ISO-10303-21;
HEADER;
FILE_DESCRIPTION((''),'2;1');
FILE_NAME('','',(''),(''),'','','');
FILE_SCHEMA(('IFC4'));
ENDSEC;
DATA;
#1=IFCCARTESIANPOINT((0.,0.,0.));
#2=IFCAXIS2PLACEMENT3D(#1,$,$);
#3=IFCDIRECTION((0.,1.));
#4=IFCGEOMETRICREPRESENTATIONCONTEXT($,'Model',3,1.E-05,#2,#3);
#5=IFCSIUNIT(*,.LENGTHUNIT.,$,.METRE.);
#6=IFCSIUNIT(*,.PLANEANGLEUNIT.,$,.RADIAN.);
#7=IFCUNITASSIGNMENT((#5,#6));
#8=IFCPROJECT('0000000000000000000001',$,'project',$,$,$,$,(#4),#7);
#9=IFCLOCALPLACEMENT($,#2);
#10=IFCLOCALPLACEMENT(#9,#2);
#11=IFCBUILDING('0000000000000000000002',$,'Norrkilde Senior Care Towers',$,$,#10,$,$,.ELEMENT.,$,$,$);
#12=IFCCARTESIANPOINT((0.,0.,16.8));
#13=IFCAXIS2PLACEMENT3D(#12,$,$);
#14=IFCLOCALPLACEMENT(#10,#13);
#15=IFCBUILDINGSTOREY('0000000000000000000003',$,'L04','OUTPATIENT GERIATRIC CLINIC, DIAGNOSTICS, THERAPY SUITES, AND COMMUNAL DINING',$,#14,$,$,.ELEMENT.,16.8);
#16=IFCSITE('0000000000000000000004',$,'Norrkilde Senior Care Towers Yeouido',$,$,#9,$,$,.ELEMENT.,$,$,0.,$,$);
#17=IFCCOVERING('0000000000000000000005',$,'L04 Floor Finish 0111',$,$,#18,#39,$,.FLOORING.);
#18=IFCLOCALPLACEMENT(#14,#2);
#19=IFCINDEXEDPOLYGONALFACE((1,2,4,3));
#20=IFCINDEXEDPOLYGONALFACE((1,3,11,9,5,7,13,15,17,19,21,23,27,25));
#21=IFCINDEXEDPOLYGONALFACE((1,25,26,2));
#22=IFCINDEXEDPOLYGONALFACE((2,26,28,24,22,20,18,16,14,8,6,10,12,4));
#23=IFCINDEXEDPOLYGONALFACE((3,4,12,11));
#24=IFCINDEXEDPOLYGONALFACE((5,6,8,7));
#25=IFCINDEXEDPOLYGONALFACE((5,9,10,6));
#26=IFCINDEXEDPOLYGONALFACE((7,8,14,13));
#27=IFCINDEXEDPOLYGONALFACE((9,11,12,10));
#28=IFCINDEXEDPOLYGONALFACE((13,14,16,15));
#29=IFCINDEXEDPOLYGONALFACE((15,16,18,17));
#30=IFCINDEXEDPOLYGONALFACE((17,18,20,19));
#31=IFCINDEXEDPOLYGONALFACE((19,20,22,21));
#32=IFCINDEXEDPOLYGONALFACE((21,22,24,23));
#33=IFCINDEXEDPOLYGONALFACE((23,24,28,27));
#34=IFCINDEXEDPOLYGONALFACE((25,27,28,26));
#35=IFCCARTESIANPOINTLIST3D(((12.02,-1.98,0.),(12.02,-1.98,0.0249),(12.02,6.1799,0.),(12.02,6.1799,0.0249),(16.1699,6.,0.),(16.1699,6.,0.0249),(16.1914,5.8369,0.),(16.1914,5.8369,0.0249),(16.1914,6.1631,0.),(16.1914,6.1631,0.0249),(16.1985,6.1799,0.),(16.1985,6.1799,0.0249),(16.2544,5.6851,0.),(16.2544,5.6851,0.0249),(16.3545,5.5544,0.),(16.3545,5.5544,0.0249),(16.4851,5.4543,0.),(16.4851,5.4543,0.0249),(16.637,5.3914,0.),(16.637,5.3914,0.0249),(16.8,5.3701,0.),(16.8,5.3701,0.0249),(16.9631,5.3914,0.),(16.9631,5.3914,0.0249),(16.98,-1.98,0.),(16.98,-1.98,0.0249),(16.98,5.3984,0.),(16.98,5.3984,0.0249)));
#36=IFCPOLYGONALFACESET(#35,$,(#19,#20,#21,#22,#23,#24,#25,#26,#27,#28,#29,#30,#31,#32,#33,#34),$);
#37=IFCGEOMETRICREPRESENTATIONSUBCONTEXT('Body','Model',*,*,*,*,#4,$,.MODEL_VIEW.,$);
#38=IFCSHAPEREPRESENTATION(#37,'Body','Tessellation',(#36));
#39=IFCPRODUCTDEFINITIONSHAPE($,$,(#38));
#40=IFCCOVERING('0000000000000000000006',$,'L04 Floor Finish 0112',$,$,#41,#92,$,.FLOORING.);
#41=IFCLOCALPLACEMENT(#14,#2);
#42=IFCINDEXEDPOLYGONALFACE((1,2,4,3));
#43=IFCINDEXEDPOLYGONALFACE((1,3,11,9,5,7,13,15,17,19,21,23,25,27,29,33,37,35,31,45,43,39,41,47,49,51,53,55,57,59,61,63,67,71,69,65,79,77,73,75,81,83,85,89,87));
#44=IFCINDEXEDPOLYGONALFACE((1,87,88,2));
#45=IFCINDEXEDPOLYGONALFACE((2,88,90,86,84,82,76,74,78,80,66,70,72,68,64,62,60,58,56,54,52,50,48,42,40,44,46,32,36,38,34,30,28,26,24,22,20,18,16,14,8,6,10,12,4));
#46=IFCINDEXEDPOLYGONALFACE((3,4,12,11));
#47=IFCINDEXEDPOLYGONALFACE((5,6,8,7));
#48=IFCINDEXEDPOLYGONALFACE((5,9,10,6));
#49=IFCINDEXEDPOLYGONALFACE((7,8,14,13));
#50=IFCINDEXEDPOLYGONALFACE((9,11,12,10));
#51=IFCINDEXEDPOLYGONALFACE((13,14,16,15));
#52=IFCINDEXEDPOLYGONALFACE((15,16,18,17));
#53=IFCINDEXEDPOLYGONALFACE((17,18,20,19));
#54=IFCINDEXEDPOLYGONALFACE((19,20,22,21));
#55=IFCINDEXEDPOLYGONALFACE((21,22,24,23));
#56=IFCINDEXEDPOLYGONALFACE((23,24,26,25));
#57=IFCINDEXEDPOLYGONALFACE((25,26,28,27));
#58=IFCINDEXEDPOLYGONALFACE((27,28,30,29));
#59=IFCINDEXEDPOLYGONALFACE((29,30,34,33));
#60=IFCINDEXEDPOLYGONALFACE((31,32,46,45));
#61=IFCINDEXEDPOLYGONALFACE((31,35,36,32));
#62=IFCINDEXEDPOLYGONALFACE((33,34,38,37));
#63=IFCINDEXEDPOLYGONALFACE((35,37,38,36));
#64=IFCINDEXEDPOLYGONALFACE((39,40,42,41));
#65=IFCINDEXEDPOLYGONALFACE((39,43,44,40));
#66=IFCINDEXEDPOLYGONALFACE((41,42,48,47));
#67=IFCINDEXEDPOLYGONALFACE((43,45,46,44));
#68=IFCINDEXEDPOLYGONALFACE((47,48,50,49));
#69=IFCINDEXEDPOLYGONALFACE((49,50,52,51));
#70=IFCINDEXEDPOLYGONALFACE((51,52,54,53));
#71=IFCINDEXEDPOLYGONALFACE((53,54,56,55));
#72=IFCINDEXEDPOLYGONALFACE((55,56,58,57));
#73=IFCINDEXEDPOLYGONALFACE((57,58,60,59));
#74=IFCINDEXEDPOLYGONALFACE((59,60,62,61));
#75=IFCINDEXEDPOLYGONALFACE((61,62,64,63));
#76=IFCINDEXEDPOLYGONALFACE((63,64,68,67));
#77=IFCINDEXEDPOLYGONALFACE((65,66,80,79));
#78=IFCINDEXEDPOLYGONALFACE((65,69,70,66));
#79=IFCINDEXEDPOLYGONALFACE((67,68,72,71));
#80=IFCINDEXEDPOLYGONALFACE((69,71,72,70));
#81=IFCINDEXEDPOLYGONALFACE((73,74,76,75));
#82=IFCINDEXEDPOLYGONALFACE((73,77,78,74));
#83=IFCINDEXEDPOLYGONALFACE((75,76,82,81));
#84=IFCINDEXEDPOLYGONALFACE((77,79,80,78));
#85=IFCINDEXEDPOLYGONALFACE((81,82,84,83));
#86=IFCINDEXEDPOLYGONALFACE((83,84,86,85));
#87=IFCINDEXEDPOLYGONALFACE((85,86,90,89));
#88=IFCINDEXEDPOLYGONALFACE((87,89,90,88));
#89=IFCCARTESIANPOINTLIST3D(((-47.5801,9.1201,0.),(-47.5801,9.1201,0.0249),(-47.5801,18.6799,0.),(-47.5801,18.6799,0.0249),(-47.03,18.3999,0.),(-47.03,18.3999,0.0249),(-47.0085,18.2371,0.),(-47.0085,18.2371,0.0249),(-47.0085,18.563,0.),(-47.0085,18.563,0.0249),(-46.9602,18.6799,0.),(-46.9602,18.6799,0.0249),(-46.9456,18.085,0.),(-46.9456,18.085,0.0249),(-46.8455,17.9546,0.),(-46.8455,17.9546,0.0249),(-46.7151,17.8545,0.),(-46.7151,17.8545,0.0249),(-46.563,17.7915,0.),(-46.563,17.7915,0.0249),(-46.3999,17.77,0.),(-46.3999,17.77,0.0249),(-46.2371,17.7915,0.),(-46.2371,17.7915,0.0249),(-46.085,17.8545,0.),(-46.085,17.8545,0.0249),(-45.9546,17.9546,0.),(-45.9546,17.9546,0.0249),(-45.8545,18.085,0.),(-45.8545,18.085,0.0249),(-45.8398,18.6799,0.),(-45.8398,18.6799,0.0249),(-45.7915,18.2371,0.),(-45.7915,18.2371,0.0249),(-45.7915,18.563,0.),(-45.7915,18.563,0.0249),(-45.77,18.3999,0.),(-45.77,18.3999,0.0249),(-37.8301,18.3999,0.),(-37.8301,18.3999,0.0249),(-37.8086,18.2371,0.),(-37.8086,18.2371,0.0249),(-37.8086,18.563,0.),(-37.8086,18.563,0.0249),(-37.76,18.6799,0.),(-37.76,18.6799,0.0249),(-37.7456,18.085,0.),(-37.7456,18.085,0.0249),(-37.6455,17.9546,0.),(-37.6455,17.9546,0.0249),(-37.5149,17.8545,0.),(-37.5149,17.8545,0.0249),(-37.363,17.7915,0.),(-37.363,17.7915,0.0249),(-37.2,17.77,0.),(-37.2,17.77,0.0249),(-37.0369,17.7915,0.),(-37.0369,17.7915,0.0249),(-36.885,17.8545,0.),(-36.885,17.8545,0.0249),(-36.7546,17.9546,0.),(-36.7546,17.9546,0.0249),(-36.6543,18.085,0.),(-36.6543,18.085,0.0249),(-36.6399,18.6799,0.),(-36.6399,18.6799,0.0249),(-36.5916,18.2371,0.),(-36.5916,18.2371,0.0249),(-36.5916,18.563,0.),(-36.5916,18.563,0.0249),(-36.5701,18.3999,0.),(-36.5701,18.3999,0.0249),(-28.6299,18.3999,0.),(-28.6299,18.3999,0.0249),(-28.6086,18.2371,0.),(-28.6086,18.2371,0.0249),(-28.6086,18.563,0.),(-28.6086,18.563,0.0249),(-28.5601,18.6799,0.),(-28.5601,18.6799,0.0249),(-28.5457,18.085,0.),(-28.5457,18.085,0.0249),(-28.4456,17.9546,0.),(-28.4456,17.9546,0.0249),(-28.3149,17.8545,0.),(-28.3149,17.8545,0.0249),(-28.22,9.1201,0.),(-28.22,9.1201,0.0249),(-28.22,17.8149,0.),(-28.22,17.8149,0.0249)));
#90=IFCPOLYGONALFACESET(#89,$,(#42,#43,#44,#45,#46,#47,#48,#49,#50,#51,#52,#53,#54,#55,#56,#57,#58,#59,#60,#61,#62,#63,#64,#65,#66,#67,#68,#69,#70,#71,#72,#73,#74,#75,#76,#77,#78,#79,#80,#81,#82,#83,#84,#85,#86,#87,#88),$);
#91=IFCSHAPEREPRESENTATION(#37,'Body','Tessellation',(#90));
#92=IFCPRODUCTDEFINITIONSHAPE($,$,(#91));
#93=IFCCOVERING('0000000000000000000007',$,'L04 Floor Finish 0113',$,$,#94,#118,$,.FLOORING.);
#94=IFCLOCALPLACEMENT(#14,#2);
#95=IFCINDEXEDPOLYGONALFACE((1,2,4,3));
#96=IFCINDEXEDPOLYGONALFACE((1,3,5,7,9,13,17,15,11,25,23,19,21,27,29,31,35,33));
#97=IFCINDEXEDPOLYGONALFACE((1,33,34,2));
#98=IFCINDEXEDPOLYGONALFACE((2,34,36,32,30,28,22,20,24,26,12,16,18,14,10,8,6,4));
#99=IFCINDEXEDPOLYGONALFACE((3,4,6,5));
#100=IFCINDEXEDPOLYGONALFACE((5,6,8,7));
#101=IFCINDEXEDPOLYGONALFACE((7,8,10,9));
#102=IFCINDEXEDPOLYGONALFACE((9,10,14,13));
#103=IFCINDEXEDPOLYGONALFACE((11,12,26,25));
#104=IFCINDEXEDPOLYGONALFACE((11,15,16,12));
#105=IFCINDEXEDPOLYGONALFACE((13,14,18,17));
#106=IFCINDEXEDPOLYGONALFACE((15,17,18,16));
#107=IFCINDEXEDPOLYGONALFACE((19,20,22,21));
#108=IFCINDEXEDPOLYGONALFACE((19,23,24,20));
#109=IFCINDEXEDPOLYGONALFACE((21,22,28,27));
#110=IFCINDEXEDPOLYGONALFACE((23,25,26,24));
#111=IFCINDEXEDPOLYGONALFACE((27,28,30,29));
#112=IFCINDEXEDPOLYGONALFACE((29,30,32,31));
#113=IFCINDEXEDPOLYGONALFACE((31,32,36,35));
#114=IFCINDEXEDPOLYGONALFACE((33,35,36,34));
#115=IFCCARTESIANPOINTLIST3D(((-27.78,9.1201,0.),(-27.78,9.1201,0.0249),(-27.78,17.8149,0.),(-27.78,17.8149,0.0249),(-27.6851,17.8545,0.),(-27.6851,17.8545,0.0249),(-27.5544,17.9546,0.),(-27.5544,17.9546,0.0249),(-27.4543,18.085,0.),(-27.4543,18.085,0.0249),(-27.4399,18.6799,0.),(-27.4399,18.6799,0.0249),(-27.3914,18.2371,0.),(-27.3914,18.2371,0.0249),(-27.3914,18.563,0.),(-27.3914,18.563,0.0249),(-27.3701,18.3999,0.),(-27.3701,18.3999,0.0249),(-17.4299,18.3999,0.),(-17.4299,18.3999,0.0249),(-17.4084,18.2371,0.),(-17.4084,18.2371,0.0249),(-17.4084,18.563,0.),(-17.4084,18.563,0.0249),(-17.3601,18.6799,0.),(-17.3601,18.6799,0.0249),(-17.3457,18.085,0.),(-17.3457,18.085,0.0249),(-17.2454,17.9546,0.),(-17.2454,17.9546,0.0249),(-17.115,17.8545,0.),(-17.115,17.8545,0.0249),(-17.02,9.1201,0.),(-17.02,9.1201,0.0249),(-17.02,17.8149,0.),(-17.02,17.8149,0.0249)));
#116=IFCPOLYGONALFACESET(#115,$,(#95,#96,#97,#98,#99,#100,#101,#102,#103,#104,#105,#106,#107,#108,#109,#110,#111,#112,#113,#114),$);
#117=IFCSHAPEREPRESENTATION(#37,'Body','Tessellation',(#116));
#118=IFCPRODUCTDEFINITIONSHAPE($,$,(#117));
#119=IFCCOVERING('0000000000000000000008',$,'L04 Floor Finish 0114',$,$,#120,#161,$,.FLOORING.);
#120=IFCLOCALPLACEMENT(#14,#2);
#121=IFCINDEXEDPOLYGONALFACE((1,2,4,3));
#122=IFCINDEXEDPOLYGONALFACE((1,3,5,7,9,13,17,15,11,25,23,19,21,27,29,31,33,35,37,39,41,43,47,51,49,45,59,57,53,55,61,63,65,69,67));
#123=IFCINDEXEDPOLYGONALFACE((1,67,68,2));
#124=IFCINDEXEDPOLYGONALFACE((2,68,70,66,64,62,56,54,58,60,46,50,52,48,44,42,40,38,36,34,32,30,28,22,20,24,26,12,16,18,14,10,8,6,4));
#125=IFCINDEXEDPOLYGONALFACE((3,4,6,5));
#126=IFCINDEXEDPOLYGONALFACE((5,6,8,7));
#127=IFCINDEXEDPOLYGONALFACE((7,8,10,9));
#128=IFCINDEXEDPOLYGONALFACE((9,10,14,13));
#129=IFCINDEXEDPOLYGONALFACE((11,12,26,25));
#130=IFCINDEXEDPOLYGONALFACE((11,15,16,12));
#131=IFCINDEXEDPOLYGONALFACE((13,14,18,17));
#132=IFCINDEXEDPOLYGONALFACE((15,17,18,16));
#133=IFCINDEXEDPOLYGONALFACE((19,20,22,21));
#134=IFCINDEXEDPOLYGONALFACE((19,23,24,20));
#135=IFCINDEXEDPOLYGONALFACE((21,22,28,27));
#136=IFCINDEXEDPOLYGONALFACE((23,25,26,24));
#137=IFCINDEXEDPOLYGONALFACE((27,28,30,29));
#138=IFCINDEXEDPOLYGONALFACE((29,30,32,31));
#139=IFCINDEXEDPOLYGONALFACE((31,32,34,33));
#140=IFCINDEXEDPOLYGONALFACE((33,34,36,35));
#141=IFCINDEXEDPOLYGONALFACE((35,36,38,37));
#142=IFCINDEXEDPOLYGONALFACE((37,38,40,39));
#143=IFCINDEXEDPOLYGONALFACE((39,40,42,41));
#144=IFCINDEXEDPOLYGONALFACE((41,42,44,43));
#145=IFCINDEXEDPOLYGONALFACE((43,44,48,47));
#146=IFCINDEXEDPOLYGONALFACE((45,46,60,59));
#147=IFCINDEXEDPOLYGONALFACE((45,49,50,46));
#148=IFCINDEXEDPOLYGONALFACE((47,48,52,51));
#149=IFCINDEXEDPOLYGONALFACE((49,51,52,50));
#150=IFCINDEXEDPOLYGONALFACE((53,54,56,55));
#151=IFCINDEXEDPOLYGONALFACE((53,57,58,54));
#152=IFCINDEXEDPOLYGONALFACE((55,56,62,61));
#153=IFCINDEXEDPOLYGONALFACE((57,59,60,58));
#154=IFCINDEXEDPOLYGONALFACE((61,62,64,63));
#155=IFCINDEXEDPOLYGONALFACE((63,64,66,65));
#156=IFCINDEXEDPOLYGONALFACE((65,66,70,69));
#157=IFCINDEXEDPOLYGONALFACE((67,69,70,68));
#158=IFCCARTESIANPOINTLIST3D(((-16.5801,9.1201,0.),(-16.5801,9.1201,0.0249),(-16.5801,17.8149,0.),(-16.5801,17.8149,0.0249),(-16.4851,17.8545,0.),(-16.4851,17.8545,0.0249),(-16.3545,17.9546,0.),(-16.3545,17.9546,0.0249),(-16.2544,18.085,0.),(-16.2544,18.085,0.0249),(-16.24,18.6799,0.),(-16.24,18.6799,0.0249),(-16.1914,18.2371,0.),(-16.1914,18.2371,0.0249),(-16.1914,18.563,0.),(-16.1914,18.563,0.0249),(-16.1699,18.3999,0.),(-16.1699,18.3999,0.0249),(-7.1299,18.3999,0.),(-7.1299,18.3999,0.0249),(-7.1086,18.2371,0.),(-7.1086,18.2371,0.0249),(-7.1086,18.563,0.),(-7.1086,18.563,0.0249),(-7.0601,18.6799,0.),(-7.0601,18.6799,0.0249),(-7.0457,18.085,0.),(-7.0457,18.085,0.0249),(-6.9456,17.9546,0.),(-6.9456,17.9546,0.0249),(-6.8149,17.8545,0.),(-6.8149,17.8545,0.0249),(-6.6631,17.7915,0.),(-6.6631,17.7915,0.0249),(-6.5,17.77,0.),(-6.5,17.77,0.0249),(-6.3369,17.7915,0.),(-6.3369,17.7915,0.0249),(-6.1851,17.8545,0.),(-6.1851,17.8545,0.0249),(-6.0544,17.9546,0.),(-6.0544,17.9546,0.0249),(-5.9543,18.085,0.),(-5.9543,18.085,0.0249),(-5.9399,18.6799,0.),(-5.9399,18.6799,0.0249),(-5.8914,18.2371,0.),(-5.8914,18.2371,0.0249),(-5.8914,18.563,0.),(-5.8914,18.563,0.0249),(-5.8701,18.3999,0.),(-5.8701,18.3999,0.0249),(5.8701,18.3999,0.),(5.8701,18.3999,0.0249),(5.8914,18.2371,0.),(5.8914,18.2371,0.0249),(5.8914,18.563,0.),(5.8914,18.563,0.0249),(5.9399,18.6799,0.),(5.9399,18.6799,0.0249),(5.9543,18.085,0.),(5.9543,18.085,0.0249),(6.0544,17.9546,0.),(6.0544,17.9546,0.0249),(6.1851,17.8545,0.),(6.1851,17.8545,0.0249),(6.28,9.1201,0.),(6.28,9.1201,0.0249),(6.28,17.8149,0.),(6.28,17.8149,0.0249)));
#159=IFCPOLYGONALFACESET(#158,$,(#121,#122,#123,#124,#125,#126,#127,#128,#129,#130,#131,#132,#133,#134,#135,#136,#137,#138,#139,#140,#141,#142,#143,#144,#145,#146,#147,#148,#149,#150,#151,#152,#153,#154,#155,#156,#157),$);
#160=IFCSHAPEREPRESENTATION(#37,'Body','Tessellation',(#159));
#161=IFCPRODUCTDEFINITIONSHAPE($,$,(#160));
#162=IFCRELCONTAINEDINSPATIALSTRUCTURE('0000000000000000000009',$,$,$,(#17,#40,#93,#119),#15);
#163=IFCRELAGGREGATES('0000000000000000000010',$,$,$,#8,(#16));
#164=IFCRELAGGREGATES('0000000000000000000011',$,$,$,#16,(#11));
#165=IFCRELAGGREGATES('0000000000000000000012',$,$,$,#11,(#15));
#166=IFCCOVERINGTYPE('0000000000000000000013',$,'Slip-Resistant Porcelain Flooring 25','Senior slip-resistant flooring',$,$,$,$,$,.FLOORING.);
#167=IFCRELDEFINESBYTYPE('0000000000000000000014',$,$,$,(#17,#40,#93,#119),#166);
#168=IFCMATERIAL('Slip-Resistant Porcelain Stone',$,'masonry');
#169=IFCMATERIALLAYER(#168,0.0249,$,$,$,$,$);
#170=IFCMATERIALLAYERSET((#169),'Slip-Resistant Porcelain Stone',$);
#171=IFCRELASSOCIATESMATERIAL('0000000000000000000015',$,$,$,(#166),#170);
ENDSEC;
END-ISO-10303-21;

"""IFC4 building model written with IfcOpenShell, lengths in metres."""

from ifc_helpers import new_model, si_unit, direction, frame, origin, place, context, subcontext, project, spatial, polyline, outline, extrude, material, layer, layer_set, type_object, element, save


model = new_model("IFC4")

# Units and contexts
model_context = context("Model", 3, precision=1e-05, world=origin(), true_north=direction((0.0, 1.0)))
body_context = subcontext(model_context, "Body", "Model", "MODEL_VIEW")
ifc_project = project(units=[si_unit("LENGTHUNIT", "METRE"), si_unit("PLANEANGLEUNIT", "RADIAN")], contexts=[model_context])

# Site, building, storey
site_placement = place(None, origin())
site = spatial("IfcSite", under=ifc_project, at=site_placement, Name="Norrkilde Senior Care Towers Yeouido", CompositionType="ELEMENT", RefElevation=0.0)
building_placement = place(site_placement, origin())
building = spatial("IfcBuilding", under=site, at=building_placement, Name="Norrkilde Senior Care Towers", CompositionType="ELEMENT")
storey_placement = place(building_placement, frame((0.0, 0.0, 16.8)))
storey = spatial("IfcBuildingStorey", under=building, at=storey_placement, Name="L04", Description="OUTPATIENT GERIATRIC CLINIC, DIAGNOSTICS, THERAPY SUITES, AND COMMUNAL DINING", CompositionType="ELEMENT", Elevation=16.8)

# Coverings
ifc_material_1 = material(Name="Slip-Resistant Porcelain Stone", Category="masonry")
ifc_layer_1 = layer(ifc_material_1, 0.0249)
ifc_layer_set_1 = layer_set([ifc_layer_1], Name="Slip-Resistant Porcelain Stone")
covering_type_1 = type_object("IfcCoveringType", Name="Slip-Resistant Porcelain Flooring 25", Description="Senior slip-resistant flooring", PredefinedType="FLOORING", material=ifc_layer_set_1)
covering_1_placement = place(storey_placement, origin())
element("IfcCovering", 1, at=covering_1_placement, inside=storey, type_object=covering_type_1, Name="L04 Floor Finish 0111", PredefinedType="FLOORING", context=body_context, shape_type="SweptSolid", body=[
    extrude(outline(polyline([(16.98, -1.98), (12.02, -1.98), (12.02, 6.1799), (16.1985, 6.1799), (16.1914, 6.1631), (16.1699, 6.0), (16.1914, 5.8369), (16.2544, 5.6851), (16.3545, 5.5544), (16.4851, 5.4543), (16.637, 5.3914), (16.8, 5.3701), (16.9631, 5.3914), (16.98, 5.3984), (16.98, -1.98)])), origin(), (0.0, 0.0, 1.0), 0.0249),
])
covering_2_placement = place(storey_placement, origin())
element("IfcCovering", 2, at=covering_2_placement, inside=storey, type_object=covering_type_1, Name="L04 Floor Finish 0112", PredefinedType="FLOORING", context=body_context, shape_type="SweptSolid", body=[
    extrude(outline(polyline([(-47.5801, 18.6799), (-46.9602, 18.6799), (-47.0085, 18.563), (-47.03, 18.3999), (-47.0085, 18.2371), (-46.9456, 18.085), (-46.8455, 17.9546), (-46.7151, 17.8545), (-46.563, 17.7915), (-46.3999, 17.77), (-46.2371, 17.7915), (-46.085, 17.8545), (-45.9546, 17.9546), (-45.8545, 18.085), (-45.7915, 18.2371), (-45.77, 18.3999), (-45.7915, 18.563), (-45.8398, 18.6799), (-37.76, 18.6799), (-37.8086, 18.563), (-37.8301, 18.3999), (-37.8086, 18.2371), (-37.7456, 18.085), (-37.6455, 17.9546), (-37.5149, 17.8545), (-37.363, 17.7915), (-37.2, 17.77), (-37.0369, 17.7915), (-36.885, 17.8545), (-36.7546, 17.9546), (-36.6543, 18.085), (-36.5916, 18.2371), (-36.5701, 18.3999), (-36.5916, 18.563), (-36.6399, 18.6799), (-28.5601, 18.6799), (-28.6086, 18.563), (-28.6299, 18.3999), (-28.6086, 18.2371), (-28.5457, 18.085), (-28.4456, 17.9546), (-28.3149, 17.8545), (-28.22, 17.8149), (-28.22, 9.1201), (-47.5801, 9.1201), (-47.5801, 18.6799)])), origin(), (0.0, 0.0, 1.0), 0.0249),
])
covering_3_placement = place(storey_placement, origin())
element("IfcCovering", 3, at=covering_3_placement, inside=storey, type_object=covering_type_1, Name="L04 Floor Finish 0113", PredefinedType="FLOORING", context=body_context, shape_type="SweptSolid", body=[
    extrude(outline(polyline([(-27.78, 9.1201), (-27.78, 17.8149), (-27.6851, 17.8545), (-27.5544, 17.9546), (-27.4543, 18.085), (-27.3914, 18.2371), (-27.3701, 18.3999), (-27.3914, 18.563), (-27.4399, 18.6799), (-17.3601, 18.6799), (-17.4084, 18.563), (-17.4299, 18.3999), (-17.4084, 18.2371), (-17.3457, 18.085), (-17.2454, 17.9546), (-17.115, 17.8545), (-17.02, 17.8149), (-17.02, 9.1201), (-27.78, 9.1201)])), origin(), (0.0, 0.0, 1.0), 0.0249),
])
covering_4_placement = place(storey_placement, origin())
element("IfcCovering", 4, at=covering_4_placement, inside=storey, type_object=covering_type_1, Name="L04 Floor Finish 0114", PredefinedType="FLOORING", context=body_context, shape_type="SweptSolid", body=[
    extrude(outline(polyline([(-16.5801, 17.8149), (-16.4851, 17.8545), (-16.3545, 17.9546), (-16.2544, 18.085), (-16.1914, 18.2371), (-16.1699, 18.3999), (-16.1914, 18.563), (-16.24, 18.6799), (-7.0601, 18.6799), (-7.1086, 18.563), (-7.1299, 18.3999), (-7.1086, 18.2371), (-7.0457, 18.085), (-6.9456, 17.9546), (-6.8149, 17.8545), (-6.6631, 17.7915), (-6.5, 17.77), (-6.3369, 17.7915), (-6.1851, 17.8545), (-6.0544, 17.9546), (-5.9543, 18.085), (-5.8914, 18.2371), (-5.8701, 18.3999), (-5.8914, 18.563), (-5.9399, 18.6799), (5.9399, 18.6799), (5.8914, 18.563), (5.8701, 18.3999), (5.8914, 18.2371), (5.9543, 18.085), (6.0544, 17.9546), (6.1851, 17.8545), (6.28, 17.8149), (6.28, 9.1201), (-16.5801, 9.1201), (-16.5801, 17.8149)])), origin(), (0.0, 0.0, 1.0), 0.0249),
])

save(model, "model.ifc")
